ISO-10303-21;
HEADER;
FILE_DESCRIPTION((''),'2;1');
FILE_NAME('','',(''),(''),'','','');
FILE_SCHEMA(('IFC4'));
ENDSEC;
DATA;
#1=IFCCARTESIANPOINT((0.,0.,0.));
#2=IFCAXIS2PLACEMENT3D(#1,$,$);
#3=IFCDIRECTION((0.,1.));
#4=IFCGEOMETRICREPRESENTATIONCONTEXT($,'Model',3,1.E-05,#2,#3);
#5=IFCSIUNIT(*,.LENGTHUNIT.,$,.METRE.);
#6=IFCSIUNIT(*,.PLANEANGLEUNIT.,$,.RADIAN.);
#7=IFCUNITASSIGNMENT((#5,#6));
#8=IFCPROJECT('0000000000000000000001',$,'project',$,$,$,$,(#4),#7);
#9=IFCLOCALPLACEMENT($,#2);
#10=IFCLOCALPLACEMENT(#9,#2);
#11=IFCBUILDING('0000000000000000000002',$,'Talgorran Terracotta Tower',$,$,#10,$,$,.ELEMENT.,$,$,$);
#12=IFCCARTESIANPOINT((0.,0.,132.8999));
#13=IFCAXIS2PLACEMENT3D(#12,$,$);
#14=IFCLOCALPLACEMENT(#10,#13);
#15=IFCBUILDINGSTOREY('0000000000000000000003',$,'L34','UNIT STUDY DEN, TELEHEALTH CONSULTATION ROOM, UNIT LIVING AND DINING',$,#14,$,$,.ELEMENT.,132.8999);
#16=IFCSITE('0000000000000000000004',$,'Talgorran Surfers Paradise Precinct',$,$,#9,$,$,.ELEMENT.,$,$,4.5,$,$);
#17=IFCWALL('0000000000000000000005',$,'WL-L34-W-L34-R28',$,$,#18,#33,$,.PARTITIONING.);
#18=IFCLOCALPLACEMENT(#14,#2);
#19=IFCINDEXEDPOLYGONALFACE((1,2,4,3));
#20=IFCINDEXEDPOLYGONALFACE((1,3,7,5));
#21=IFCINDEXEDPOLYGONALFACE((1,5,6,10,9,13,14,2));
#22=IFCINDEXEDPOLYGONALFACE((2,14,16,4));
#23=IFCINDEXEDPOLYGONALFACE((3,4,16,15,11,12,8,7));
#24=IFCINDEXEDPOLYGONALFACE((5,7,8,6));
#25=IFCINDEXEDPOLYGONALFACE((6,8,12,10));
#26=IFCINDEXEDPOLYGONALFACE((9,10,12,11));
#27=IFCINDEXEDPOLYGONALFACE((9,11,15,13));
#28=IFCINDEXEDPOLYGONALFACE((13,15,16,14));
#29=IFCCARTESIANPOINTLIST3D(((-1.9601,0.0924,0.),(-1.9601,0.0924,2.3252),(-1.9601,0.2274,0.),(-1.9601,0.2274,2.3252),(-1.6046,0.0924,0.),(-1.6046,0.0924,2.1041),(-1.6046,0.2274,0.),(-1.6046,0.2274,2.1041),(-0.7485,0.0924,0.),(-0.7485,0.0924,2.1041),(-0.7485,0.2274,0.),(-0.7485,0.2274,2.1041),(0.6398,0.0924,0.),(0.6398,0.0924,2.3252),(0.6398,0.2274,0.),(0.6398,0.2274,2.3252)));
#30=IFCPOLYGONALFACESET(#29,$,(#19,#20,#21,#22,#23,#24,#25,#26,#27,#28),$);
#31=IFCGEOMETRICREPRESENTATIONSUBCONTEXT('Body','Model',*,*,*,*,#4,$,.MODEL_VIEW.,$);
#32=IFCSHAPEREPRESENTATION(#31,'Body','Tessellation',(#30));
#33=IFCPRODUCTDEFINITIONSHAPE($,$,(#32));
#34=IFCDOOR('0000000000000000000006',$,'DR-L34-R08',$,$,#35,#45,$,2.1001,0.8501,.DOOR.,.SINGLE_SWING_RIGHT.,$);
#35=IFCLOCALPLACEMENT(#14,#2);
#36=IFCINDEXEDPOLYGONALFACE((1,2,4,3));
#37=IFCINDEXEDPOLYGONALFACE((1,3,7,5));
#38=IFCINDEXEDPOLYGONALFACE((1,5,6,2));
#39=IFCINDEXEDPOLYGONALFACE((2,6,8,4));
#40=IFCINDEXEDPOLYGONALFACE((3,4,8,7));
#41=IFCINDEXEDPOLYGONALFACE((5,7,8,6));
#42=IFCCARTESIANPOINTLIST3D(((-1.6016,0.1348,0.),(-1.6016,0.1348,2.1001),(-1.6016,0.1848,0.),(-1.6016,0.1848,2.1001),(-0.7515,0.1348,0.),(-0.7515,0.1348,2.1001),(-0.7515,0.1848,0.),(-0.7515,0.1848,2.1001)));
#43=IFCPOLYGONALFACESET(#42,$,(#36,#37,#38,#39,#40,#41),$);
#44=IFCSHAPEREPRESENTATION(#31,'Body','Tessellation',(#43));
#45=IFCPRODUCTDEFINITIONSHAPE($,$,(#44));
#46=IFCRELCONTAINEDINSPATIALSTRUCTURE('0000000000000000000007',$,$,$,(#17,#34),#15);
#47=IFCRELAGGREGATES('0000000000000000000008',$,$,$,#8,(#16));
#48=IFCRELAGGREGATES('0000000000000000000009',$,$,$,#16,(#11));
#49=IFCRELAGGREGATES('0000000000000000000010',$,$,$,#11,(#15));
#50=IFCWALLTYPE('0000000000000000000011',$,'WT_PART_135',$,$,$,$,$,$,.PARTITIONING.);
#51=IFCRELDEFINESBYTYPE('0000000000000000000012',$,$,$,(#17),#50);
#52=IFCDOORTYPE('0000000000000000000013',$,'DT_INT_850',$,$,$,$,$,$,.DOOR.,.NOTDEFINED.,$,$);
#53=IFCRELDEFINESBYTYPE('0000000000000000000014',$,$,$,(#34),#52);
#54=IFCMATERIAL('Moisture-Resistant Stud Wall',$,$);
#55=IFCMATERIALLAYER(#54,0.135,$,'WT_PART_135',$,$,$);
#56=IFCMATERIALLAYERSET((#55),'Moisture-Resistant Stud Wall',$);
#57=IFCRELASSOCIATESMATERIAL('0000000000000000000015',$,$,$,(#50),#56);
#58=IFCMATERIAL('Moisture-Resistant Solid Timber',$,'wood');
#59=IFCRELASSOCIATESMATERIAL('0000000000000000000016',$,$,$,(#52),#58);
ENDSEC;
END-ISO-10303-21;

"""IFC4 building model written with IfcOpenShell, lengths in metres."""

from ifc_helpers import new_model, si_unit, direction, frame, frame_2d, origin, place, context, subcontext, project, spatial, rectangle, extrude, material, layer, layer_set, type_object, element, fill, save


model = new_model("IFC4")

# Units and contexts
model_context = context("Model", 3, precision=1e-05, world=origin(), true_north=direction((0.0, 1.0)))
body_context = subcontext(model_context, "Body", "Model", "MODEL_VIEW")
ifc_project = project(units=[si_unit("LENGTHUNIT", "METRE"), si_unit("PLANEANGLEUNIT", "RADIAN")], contexts=[model_context])

# Site, building, storey
site_placement = place(None, origin())
site = spatial("IfcSite", under=ifc_project, at=site_placement, Name="Talgorran Surfers Paradise Precinct", CompositionType="ELEMENT", RefElevation=4.5)
building_placement = place(site_placement, origin())
building = spatial("IfcBuilding", under=site, at=building_placement, Name="Talgorran Terracotta Tower", CompositionType="ELEMENT")
storey_placement = place(building_placement, frame((0.0, 0.0, 132.8999)))
storey = spatial("IfcBuildingStorey", under=building, at=storey_placement, Name="L34", Description="UNIT STUDY DEN, TELEHEALTH CONSULTATION ROOM, UNIT LIVING AND DINING", CompositionType="ELEMENT", Elevation=132.8999)

# Wall, opening, door
ifc_material_1 = material(Name="Moisture-Resistant Stud Wall")
ifc_layer_1 = layer(ifc_material_1, 0.135, Name="WT_PART_135")
ifc_layer_set_1 = layer_set([ifc_layer_1], Name="Moisture-Resistant Stud Wall")
wall_type_1 = type_object("IfcWallType", Name="WT_PART_135", PredefinedType="PARTITIONING", material=ifc_layer_set_1)
ifc_material_2 = material(Name="Moisture-Resistant Solid Timber", Category="wood")
door_type_1 = type_object("IfcDoorType", Name="DT_INT_850", OperationType="NOTDEFINED", PredefinedType="DOOR", material=ifc_material_2)
wall_1_placement = place(storey_placement, frame((-1.96, 0.1599, 0.0), z_axis=(0.0, 0.0, 1.0), x_axis=(1.0, 0.0, 0.0)))
wall_1 = element("IfcWall", 1, at=wall_1_placement, inside=storey, type_object=wall_type_1, Name="WL-L34-W-L34-R28", PredefinedType="PARTITIONING", context=body_context, shape_type="SweptSolid", body=[
    extrude(rectangle(XDim=2.5999, YDim=0.135, at=frame_2d((1.2998, 0.0))), origin(), (0.0, 0.0, 1.0), 2.3252),
])
opening_1_placement = place(wall_1_placement, frame((0.3584, 0.0, 0.0)))
opening_1 = element("IfcOpeningElement", 2, at=opening_1_placement, cuts=wall_1, PredefinedType="OPENING", context=body_context, shape_type="SweptSolid", body=[
    extrude(rectangle(XDim=0.8561, YDim=2.1041, at=frame_2d((0.425, 1.052))), frame((0.0, 0.0776, 0.0), z_axis=(0.0, -1.0, 0.0), x_axis=(1.0, 0.0, 0.0)), (0.0, 0.0, 1.0), 0.155),
])
door_1_placement = place(opening_1_placement, origin())
door_1 = element("IfcDoor", 3, at=door_1_placement, inside=storey, type_object=door_type_1, Name="DR-L34-R08", OperationType="SINGLE_SWING_RIGHT", OverallHeight=2.1001, OverallWidth=0.8501, PredefinedType="DOOR", context=body_context, shape_type="SweptSolid", body=[
    extrude(rectangle(XDim=0.8501, YDim=2.1001, at=frame_2d((0.425, 1.05))), frame((0.0, 0.0249, 0.0), z_axis=(0.0, -1.0, 0.0), x_axis=(1.0, 0.0, 0.0)), (0.0, 0.0, 1.0), 0.05),
])
fill(opening_1, door_1)

save(model, "model.ifc")
